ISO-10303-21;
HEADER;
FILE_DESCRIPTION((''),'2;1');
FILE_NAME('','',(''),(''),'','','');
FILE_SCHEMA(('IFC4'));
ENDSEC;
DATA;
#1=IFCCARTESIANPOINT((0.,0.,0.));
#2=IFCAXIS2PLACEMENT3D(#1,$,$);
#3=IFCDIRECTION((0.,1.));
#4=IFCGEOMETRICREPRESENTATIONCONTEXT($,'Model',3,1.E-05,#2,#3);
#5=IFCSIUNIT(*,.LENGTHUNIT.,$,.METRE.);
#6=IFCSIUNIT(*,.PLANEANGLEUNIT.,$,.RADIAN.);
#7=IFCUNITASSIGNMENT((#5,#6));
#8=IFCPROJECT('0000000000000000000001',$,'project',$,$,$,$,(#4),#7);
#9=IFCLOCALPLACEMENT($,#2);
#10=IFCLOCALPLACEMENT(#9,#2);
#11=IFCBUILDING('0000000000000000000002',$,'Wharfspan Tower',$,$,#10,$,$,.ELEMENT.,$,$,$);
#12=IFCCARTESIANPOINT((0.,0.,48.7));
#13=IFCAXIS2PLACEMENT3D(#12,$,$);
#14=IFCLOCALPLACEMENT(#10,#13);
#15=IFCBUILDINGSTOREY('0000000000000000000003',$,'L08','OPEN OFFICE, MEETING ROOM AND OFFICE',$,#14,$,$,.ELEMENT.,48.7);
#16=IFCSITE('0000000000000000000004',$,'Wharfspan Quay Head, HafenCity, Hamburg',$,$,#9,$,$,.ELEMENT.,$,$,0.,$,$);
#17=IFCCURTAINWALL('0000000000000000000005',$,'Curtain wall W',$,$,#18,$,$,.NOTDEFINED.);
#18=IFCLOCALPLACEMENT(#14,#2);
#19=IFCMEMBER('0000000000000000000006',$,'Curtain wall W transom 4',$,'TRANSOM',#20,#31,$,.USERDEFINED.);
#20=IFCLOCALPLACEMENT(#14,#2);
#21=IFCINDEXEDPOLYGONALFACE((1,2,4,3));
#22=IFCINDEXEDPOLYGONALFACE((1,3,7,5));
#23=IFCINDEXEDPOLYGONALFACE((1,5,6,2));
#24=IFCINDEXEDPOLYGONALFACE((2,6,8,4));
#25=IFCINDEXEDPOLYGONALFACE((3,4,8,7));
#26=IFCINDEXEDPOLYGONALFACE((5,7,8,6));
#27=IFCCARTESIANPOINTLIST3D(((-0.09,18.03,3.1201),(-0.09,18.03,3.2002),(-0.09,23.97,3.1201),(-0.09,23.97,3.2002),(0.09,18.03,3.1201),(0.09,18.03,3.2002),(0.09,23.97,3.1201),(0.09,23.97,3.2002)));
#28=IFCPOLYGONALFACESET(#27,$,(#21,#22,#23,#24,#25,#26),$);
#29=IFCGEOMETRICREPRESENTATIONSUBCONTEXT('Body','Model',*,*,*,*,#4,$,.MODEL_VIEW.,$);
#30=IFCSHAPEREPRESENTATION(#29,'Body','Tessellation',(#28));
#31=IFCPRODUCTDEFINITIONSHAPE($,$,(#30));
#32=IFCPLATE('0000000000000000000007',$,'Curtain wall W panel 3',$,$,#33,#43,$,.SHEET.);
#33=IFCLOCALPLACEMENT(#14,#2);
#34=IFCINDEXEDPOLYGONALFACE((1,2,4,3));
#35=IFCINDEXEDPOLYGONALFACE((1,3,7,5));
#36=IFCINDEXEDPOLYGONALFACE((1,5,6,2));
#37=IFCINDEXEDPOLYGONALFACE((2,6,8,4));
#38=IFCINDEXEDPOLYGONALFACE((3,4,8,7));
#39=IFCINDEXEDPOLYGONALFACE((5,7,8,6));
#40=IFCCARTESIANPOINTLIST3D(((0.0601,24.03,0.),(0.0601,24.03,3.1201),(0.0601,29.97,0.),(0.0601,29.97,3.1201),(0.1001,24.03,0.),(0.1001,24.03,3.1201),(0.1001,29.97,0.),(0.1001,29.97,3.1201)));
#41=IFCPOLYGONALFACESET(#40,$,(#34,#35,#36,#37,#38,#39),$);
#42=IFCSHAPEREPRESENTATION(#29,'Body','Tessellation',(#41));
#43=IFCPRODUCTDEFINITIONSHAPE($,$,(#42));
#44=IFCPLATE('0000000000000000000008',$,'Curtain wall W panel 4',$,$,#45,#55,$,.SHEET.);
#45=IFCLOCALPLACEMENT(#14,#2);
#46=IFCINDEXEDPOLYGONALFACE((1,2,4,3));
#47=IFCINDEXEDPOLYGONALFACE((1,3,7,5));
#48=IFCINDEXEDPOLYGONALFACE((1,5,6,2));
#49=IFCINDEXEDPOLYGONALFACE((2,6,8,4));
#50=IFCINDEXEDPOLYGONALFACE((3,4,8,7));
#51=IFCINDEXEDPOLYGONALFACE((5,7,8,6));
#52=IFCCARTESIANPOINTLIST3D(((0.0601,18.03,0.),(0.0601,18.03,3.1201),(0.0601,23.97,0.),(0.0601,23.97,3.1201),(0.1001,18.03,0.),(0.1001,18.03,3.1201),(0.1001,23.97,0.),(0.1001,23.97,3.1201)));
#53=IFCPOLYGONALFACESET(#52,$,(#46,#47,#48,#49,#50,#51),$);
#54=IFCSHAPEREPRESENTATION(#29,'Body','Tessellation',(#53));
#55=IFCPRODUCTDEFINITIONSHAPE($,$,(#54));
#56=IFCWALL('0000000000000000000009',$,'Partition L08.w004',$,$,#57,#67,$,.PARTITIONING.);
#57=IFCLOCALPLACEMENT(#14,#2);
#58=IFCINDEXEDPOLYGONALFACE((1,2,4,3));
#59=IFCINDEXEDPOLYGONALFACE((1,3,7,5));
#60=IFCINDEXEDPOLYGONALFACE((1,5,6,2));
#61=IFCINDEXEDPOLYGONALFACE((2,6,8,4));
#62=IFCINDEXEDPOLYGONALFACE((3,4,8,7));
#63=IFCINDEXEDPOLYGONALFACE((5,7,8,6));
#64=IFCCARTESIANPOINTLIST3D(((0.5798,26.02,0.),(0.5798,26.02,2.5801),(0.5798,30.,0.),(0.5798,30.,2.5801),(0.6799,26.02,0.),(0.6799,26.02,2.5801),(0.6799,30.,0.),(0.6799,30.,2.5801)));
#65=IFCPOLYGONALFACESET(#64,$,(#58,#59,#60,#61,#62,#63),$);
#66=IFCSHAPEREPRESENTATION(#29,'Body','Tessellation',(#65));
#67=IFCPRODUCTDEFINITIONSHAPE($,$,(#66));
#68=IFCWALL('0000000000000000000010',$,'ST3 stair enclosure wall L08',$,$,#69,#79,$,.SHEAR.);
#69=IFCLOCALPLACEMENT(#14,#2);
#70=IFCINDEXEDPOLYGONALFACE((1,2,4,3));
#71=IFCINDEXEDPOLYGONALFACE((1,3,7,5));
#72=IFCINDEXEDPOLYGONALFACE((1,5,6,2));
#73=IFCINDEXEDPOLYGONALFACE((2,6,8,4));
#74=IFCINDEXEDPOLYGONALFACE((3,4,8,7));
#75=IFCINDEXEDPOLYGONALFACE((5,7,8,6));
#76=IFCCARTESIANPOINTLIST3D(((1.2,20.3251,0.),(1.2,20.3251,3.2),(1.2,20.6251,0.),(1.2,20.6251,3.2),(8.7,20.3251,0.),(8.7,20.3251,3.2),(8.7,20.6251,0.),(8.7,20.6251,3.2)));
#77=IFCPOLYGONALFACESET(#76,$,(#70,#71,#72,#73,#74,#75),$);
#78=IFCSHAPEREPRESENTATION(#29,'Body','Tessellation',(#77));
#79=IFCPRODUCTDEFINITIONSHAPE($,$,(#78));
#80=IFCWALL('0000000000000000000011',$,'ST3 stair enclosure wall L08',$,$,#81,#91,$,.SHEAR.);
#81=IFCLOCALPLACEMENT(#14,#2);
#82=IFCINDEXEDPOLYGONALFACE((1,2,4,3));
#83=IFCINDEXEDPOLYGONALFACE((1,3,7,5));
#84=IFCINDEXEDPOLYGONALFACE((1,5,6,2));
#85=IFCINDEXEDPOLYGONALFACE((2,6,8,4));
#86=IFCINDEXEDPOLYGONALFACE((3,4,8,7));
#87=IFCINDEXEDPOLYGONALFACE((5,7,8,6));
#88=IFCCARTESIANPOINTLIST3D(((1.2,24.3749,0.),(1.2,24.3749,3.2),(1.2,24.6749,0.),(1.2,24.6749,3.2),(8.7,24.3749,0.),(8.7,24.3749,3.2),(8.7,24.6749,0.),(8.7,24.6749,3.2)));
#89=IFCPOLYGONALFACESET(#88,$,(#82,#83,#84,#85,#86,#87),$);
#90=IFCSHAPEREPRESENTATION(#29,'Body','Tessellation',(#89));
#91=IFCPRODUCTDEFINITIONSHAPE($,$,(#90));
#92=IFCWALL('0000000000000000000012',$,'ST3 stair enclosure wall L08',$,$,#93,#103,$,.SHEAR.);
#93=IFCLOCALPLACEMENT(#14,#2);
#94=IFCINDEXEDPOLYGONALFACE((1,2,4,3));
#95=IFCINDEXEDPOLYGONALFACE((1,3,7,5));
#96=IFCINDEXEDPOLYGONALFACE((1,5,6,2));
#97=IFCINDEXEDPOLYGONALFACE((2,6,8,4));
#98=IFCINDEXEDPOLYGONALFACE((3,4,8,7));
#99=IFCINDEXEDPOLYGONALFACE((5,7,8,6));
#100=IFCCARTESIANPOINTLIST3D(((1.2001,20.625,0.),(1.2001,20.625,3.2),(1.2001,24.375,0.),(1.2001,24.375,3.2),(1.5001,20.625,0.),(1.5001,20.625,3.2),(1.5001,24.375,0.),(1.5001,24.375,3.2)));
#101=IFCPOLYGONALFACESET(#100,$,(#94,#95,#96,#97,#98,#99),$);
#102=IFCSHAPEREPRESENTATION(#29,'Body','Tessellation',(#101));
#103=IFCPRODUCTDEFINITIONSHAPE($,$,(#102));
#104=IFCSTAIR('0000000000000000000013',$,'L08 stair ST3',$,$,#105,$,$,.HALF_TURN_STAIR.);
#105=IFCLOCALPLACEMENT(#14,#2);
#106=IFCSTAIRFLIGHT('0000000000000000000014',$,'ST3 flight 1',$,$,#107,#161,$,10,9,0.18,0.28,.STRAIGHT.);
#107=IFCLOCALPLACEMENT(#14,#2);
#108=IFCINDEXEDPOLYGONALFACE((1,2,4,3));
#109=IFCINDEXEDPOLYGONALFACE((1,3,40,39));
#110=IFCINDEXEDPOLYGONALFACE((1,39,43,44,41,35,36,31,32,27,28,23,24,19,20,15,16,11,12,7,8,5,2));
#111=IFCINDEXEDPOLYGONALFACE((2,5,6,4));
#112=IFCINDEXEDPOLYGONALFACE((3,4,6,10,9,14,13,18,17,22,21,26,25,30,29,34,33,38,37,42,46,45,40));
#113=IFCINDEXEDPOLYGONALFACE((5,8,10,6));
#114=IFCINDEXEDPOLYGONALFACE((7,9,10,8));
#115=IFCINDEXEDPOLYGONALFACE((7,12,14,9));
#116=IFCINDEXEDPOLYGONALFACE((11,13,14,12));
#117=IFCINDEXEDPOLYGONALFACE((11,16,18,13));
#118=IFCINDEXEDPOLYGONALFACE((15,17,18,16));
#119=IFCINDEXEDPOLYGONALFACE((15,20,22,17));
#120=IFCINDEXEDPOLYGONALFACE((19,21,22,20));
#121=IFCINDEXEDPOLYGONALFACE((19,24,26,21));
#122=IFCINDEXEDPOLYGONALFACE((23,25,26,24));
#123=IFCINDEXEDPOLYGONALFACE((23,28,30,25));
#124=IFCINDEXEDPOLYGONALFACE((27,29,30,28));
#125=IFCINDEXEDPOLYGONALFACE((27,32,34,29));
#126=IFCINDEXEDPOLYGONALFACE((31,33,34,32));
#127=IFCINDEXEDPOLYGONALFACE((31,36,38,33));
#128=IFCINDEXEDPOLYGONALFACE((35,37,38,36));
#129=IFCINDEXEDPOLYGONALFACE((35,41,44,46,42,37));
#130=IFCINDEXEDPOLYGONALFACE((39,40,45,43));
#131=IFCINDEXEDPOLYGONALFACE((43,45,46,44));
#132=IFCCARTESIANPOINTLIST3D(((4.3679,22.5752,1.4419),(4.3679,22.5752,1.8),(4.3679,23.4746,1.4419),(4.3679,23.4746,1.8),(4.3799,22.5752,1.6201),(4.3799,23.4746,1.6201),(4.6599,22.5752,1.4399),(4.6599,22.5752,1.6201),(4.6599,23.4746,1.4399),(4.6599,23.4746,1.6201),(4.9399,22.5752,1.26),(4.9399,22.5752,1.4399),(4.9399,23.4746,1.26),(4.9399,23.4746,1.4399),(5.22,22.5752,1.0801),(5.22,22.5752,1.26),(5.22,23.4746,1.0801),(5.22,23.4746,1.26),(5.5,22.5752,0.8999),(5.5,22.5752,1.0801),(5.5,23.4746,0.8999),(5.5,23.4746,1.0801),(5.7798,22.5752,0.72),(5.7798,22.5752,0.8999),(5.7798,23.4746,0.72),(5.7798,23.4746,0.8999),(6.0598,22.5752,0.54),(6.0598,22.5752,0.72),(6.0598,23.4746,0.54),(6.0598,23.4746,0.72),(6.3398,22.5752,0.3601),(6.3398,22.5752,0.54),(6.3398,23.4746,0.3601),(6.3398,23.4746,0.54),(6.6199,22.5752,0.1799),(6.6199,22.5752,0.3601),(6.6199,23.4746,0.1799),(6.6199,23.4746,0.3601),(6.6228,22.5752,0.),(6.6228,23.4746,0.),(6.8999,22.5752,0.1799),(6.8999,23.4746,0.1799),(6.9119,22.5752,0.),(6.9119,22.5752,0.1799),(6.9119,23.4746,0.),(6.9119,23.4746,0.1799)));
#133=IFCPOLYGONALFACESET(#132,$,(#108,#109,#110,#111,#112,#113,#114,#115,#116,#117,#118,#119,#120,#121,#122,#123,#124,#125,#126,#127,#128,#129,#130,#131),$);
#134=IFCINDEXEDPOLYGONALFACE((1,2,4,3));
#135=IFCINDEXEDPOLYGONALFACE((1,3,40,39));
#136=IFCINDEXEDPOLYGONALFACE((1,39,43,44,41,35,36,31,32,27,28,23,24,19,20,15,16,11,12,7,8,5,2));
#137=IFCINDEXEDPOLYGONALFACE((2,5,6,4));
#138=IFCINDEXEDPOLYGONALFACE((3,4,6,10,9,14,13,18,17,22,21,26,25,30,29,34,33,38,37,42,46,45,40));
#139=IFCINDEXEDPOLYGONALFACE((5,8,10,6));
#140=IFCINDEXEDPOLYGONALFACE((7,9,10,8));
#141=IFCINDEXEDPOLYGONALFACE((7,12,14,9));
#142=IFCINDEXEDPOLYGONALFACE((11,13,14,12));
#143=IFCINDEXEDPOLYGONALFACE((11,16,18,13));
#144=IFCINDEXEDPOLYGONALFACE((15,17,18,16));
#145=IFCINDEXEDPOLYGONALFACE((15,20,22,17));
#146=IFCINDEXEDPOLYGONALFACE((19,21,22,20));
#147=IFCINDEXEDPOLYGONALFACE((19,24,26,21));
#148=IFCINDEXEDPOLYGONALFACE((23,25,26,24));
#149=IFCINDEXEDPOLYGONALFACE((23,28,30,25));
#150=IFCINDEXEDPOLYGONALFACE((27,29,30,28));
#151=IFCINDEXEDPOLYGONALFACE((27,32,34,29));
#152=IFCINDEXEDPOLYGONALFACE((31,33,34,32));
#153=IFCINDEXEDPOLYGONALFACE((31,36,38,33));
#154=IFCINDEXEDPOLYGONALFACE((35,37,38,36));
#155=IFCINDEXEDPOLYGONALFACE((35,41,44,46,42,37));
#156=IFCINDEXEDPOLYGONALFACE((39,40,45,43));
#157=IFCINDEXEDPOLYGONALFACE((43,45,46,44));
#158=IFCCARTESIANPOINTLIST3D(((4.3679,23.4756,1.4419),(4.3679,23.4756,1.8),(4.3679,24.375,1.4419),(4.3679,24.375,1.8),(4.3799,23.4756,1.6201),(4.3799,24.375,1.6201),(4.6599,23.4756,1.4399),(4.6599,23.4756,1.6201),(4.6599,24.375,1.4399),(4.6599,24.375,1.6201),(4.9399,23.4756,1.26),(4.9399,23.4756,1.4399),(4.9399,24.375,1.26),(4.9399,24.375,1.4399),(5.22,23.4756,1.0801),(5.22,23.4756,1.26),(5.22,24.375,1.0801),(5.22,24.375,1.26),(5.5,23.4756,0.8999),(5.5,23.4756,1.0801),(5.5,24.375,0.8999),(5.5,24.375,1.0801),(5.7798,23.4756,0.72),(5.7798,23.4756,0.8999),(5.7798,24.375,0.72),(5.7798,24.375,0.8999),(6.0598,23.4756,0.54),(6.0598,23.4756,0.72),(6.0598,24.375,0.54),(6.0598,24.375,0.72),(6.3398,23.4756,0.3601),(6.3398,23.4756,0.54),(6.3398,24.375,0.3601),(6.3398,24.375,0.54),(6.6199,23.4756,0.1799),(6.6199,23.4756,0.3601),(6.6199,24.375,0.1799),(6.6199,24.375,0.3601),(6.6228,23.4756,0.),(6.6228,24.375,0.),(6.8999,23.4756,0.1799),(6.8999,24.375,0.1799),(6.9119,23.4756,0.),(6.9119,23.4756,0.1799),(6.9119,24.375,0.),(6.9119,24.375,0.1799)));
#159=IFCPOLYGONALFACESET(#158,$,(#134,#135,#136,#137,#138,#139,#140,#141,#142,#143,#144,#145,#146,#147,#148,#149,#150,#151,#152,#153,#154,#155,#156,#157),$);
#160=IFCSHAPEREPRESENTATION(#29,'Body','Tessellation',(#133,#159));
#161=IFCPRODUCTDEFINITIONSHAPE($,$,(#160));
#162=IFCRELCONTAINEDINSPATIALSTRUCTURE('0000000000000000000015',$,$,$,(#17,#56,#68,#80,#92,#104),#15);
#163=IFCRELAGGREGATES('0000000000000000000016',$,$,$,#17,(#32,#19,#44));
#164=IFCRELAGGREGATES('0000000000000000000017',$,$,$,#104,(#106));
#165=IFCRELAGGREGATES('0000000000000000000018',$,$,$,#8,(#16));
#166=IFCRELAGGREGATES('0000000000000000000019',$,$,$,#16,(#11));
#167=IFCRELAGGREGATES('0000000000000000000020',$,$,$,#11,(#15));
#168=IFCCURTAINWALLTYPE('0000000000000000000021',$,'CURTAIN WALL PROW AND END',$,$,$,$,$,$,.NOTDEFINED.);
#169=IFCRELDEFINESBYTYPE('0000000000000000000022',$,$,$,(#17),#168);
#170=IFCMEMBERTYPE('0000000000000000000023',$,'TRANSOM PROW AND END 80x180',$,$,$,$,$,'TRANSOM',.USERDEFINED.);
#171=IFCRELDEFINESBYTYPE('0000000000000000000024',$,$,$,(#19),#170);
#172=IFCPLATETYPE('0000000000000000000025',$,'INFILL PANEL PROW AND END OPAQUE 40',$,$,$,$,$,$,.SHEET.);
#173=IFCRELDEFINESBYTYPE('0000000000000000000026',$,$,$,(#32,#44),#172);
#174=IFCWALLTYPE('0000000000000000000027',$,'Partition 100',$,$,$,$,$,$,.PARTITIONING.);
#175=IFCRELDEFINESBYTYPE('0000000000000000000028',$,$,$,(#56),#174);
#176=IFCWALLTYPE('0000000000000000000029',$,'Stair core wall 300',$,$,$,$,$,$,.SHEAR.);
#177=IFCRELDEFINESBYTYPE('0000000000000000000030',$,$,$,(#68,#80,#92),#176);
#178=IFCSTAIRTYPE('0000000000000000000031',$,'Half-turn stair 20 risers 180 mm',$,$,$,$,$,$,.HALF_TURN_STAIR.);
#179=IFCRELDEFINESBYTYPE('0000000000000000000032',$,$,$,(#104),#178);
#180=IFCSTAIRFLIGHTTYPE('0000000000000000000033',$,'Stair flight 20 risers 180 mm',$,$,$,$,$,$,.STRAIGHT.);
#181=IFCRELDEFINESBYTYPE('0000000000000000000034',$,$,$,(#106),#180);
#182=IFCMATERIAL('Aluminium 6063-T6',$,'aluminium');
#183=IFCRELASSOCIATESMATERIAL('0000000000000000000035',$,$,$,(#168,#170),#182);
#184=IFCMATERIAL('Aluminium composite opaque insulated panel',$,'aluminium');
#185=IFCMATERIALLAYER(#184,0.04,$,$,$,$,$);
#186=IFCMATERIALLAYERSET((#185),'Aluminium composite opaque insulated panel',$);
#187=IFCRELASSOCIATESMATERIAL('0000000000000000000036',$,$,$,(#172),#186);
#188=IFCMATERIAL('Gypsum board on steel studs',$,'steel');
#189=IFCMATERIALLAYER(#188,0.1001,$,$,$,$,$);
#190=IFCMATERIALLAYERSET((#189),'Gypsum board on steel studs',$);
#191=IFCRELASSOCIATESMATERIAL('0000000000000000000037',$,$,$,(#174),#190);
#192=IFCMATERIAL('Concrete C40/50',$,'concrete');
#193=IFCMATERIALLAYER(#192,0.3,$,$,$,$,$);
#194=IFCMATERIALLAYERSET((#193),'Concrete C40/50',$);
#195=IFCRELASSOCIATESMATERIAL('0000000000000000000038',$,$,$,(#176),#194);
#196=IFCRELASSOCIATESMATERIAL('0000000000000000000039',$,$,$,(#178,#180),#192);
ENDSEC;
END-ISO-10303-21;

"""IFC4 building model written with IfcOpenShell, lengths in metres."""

from ifc_helpers import new_model, si_unit, direction, frame, frame_2d, origin, origin_2d, place, context, subcontext, project, spatial, polyline, rectangle, outline, extrude, material, layer, layer_set, material_profile, profile_set, type_object, element, aggregate, save


model = new_model("IFC4")

# Units and contexts
model_context = context("Model", 3, precision=1e-05, world=origin(), true_north=direction((0.0, 1.0)))
body_context = subcontext(model_context, "Body", "Model", "MODEL_VIEW")
ifc_project = project(units=[si_unit("LENGTHUNIT", "METRE"), si_unit("PLANEANGLEUNIT", "RADIAN")], contexts=[model_context])

# Site, building, storey
site_placement = place(None, origin())
site = spatial("IfcSite", under=ifc_project, at=site_placement, Name="Wharfspan Quay Head, HafenCity, Hamburg", CompositionType="ELEMENT", RefElevation=0.0)
building_placement = place(site_placement, origin())
building = spatial("IfcBuilding", under=site, at=building_placement, Name="Wharfspan Tower", CompositionType="ELEMENT")
storey_placement = place(building_placement, frame((0.0, 0.0, 48.7)))
storey = spatial("IfcBuildingStorey", under=building, at=storey_placement, Name="L08", Description="OPEN OFFICE, MEETING ROOM AND OFFICE", CompositionType="ELEMENT", Elevation=48.7)

# Curtain wall
ifc_material_1 = material(Name="Aluminium 6063-T6", Category="aluminium")
curtain_wall_type = type_object("IfcCurtainWallType", Name="CURTAIN WALL PROW AND END", PredefinedType="NOTDEFINED", material=ifc_material_1)
curtain_wall_placement = place(storey_placement, origin())
curtain_wall = element("IfcCurtainWall", 1, at=curtain_wall_placement, inside=storey, type_object=curtain_wall_type, Name="Curtain wall W", PredefinedType="NOTDEFINED")

# Member
ifc_material_profile_1 = material_profile(ifc_material_1, rectangle(XDim=0.1799, YDim=0.0801, at=origin_2d()))
ifc_profile_set_1 = profile_set([ifc_material_profile_1], Name="Aluminium 6063-T6")
member_type_1 = type_object("IfcMemberType", Name="TRANSOM PROW AND END 80x180", ElementType="TRANSOM", PredefinedType="USERDEFINED", material=ifc_profile_set_1)
member_1_placement = place(storey_placement, frame((0.0, 23.97, 3.1602), z_axis=(0.0, -1.0, 0.0), x_axis=(1.0, 0.0, 0.0)))
member_1 = element("IfcMember", 2, at=member_1_placement, type_object=member_type_1, Name="Curtain wall W transom 4", ObjectType="TRANSOM", PredefinedType="USERDEFINED", context=body_context, shape_type="SweptSolid", body=[
    extrude(rectangle(XDim=0.1799, YDim=0.0801, at=origin_2d()), origin(), (0.0, 0.0, 1.0), 5.9399),
])

# Plates
ifc_material_2 = material(Name="Aluminium composite opaque insulated panel", Category="aluminium")
ifc_layer_1 = layer(ifc_material_2, 0.04)
ifc_layer_set_1 = layer_set([ifc_layer_1], Name="Aluminium composite opaque insulated panel")
plate_type = type_object("IfcPlateType", Name="INFILL PANEL PROW AND END OPAQUE 40", PredefinedType="SHEET", material=ifc_layer_set_1)
plate_1_placement = place(storey_placement, frame((0.0801, 27.0, 0.0), z_axis=(0.0, 0.0, 1.0), x_axis=(0.0, -1.0, 0.0)))
plate_1 = element("IfcPlate", 3, at=plate_1_placement, type_object=plate_type, Name="Curtain wall W panel 3", PredefinedType="SHEET", context=body_context, shape_type="SweptSolid", body=[
    extrude(rectangle(XDim=5.9399, YDim=0.04, at=origin_2d()), origin(), (0.0, 0.0, 1.0), 3.1201),
])
plate_2_placement = place(storey_placement, frame((0.0801, 21.0, 0.0), z_axis=(0.0, 0.0, 1.0), x_axis=(0.0, -1.0, 0.0)))
plate_2 = element("IfcPlate", 4, at=plate_2_placement, type_object=plate_type, Name="Curtain wall W panel 4", PredefinedType="SHEET", context=body_context, shape_type="SweptSolid", body=[
    extrude(rectangle(XDim=5.9399, YDim=0.04, at=origin_2d()), origin(), (0.0, 0.0, 1.0), 3.1201),
])
aggregate(curtain_wall, [plate_1, member_1, plate_2])

# Walls
ifc_material_3 = material(Name="Gypsum board on steel studs", Category="steel")
ifc_layer_2 = layer(ifc_material_3, 0.1001)
ifc_layer_set_2 = layer_set([ifc_layer_2], Name="Gypsum board on steel studs")
wall_type_1 = type_object("IfcWallType", Name="Partition 100", PredefinedType="PARTITIONING", material=ifc_layer_set_2)
wall_1_placement = place(storey_placement, frame((0.6299, 26.02, 0.0), z_axis=(0.0, 0.0, 1.0), x_axis=(0.0, 1.0, 0.0)))
element("IfcWall", 5, at=wall_1_placement, inside=storey, type_object=wall_type_1, Name="Partition L08.w004", PredefinedType="PARTITIONING", context=body_context, shape_type="SweptSolid", body=[
    extrude(rectangle(XDim=3.98, YDim=0.1001, at=frame_2d((1.99, 0.0))), origin(), (0.0, 0.0, 1.0), 2.5801),
])
ifc_material_4 = material(Name="Concrete C40/50", Category="concrete")
ifc_layer_3 = layer(ifc_material_4, 0.3)
ifc_layer_set_3 = layer_set([ifc_layer_3], Name="Concrete C40/50")
wall_type_2 = type_object("IfcWallType", Name="Stair core wall 300", PredefinedType="SHEAR", material=ifc_layer_set_3)
for number, where, z_axis, x_axis, name in (
    (6, (1.2, 20.4751, 0.0), (0.0, 0.0, 1.0), (1.0, 0.0, 0.0), "ST3 stair enclosure wall L08"),
    (7, (1.2, 24.5249, 0.0), (0.0, 0.0, 1.0), (1.0, 0.0, 0.0), "ST3 stair enclosure wall L08"),
):
    element("IfcWall", number, at=place(storey_placement, frame(where, z_axis=z_axis, x_axis=x_axis)), inside=storey, type_object=wall_type_2, Name=name, PredefinedType="SHEAR", context=body_context, shape_type="SweptSolid", body=[
        extrude(rectangle(XDim=7.5, YDim=0.3, at=frame_2d((3.75, 0.0))), origin(), (0.0, 0.0, 1.0), 3.2),
    ])
wall_2_placement = place(storey_placement, frame((1.3501, 20.625, 0.0), z_axis=(0.0, 0.0, 1.0), x_axis=(0.0, 1.0, 0.0)))
element("IfcWall", 8, at=wall_2_placement, inside=storey, type_object=wall_type_2, Name="ST3 stair enclosure wall L08", PredefinedType="SHEAR", context=body_context, shape_type="SweptSolid", body=[
    extrude(rectangle(XDim=3.75, YDim=0.3, at=frame_2d((1.875, 0.0))), origin(), (0.0, 0.0, 1.0), 3.2),
])

# Stair, stair flight
stair_type = type_object("IfcStairType", Name="Half-turn stair 20 risers 180 mm", PredefinedType="HALF_TURN_STAIR", material=ifc_material_4)
stair_placement = place(storey_placement, origin())
stair = element("IfcStair", 9, at=stair_placement, inside=storey, type_object=stair_type, Name="L08 stair ST3", PredefinedType="HALF_TURN_STAIR")
stair_flight_type = type_object("IfcStairFlightType", Name="Stair flight 20 risers 180 mm", PredefinedType="STRAIGHT", material=ifc_material_4)
stair_flight_1_placement = place(storey_placement, frame((6.8999, 23.4751, 0.0), z_axis=(0.0, 0.0, 1.0), x_axis=(-1.0, 0.0, 0.0)))
stair_flight_1 = element("IfcStairFlight", 10, at=stair_flight_1_placement, type_object=stair_flight_type, Name="ST3 flight 1", NumberOfRisers=10, NumberOfTreads=9, PredefinedType="STRAIGHT", RiserHeight=0.18, TreadLength=0.28, context=body_context, shape_type="SweptSolid", body=[
    extrude(outline(polyline([(-0.012, 0.0), (-0.012, 0.1799), (0.0, 0.1799), (0.28, 0.1799), (0.28, 0.3601), (0.5601, 0.3601), (0.5601, 0.54), (0.8401, 0.54), (0.8401, 0.72), (1.1201, 0.72), (1.1201, 0.8999), (1.3999, 0.8999), (1.3999, 1.0801), (1.6799, 1.0801), (1.6799, 1.26), (1.96, 1.26), (1.96, 1.4399), (2.24, 1.4399), (2.24, 1.6201), (2.52, 1.6201), (2.532, 1.8), (2.532, 1.4419), (0.2771, 0.0), (-0.012, 0.0)])), frame((0.0, 0.8999, 0.0), z_axis=(0.0, -1.0, 0.0), x_axis=(1.0, 0.0, 0.0)), (0.0, 0.0, 1.0), 0.8994),
    extrude(outline(polyline([(-0.012, 0.0), (-0.012, 0.1799), (0.0, 0.1799), (0.28, 0.1799), (0.28, 0.3601), (0.5601, 0.3601), (0.5601, 0.54), (0.8401, 0.54), (0.8401, 0.72), (1.1201, 0.72), (1.1201, 0.8999), (1.3999, 0.8999), (1.3999, 1.0801), (1.6799, 1.0801), (1.6799, 1.26), (1.96, 1.26), (1.96, 1.4399), (2.24, 1.4399), (2.24, 1.6201), (2.52, 1.6201), (2.532, 1.8), (2.532, 1.4419), (0.2771, 0.0), (-0.012, 0.0)])), frame((0.0, -0.0005, 0.0), z_axis=(0.0, -1.0, 0.0), x_axis=(1.0, 0.0, 0.0)), (0.0, 0.0, 1.0), 0.8994),
])
aggregate(stair, [stair_flight_1])

save(model, "model.ifc")
